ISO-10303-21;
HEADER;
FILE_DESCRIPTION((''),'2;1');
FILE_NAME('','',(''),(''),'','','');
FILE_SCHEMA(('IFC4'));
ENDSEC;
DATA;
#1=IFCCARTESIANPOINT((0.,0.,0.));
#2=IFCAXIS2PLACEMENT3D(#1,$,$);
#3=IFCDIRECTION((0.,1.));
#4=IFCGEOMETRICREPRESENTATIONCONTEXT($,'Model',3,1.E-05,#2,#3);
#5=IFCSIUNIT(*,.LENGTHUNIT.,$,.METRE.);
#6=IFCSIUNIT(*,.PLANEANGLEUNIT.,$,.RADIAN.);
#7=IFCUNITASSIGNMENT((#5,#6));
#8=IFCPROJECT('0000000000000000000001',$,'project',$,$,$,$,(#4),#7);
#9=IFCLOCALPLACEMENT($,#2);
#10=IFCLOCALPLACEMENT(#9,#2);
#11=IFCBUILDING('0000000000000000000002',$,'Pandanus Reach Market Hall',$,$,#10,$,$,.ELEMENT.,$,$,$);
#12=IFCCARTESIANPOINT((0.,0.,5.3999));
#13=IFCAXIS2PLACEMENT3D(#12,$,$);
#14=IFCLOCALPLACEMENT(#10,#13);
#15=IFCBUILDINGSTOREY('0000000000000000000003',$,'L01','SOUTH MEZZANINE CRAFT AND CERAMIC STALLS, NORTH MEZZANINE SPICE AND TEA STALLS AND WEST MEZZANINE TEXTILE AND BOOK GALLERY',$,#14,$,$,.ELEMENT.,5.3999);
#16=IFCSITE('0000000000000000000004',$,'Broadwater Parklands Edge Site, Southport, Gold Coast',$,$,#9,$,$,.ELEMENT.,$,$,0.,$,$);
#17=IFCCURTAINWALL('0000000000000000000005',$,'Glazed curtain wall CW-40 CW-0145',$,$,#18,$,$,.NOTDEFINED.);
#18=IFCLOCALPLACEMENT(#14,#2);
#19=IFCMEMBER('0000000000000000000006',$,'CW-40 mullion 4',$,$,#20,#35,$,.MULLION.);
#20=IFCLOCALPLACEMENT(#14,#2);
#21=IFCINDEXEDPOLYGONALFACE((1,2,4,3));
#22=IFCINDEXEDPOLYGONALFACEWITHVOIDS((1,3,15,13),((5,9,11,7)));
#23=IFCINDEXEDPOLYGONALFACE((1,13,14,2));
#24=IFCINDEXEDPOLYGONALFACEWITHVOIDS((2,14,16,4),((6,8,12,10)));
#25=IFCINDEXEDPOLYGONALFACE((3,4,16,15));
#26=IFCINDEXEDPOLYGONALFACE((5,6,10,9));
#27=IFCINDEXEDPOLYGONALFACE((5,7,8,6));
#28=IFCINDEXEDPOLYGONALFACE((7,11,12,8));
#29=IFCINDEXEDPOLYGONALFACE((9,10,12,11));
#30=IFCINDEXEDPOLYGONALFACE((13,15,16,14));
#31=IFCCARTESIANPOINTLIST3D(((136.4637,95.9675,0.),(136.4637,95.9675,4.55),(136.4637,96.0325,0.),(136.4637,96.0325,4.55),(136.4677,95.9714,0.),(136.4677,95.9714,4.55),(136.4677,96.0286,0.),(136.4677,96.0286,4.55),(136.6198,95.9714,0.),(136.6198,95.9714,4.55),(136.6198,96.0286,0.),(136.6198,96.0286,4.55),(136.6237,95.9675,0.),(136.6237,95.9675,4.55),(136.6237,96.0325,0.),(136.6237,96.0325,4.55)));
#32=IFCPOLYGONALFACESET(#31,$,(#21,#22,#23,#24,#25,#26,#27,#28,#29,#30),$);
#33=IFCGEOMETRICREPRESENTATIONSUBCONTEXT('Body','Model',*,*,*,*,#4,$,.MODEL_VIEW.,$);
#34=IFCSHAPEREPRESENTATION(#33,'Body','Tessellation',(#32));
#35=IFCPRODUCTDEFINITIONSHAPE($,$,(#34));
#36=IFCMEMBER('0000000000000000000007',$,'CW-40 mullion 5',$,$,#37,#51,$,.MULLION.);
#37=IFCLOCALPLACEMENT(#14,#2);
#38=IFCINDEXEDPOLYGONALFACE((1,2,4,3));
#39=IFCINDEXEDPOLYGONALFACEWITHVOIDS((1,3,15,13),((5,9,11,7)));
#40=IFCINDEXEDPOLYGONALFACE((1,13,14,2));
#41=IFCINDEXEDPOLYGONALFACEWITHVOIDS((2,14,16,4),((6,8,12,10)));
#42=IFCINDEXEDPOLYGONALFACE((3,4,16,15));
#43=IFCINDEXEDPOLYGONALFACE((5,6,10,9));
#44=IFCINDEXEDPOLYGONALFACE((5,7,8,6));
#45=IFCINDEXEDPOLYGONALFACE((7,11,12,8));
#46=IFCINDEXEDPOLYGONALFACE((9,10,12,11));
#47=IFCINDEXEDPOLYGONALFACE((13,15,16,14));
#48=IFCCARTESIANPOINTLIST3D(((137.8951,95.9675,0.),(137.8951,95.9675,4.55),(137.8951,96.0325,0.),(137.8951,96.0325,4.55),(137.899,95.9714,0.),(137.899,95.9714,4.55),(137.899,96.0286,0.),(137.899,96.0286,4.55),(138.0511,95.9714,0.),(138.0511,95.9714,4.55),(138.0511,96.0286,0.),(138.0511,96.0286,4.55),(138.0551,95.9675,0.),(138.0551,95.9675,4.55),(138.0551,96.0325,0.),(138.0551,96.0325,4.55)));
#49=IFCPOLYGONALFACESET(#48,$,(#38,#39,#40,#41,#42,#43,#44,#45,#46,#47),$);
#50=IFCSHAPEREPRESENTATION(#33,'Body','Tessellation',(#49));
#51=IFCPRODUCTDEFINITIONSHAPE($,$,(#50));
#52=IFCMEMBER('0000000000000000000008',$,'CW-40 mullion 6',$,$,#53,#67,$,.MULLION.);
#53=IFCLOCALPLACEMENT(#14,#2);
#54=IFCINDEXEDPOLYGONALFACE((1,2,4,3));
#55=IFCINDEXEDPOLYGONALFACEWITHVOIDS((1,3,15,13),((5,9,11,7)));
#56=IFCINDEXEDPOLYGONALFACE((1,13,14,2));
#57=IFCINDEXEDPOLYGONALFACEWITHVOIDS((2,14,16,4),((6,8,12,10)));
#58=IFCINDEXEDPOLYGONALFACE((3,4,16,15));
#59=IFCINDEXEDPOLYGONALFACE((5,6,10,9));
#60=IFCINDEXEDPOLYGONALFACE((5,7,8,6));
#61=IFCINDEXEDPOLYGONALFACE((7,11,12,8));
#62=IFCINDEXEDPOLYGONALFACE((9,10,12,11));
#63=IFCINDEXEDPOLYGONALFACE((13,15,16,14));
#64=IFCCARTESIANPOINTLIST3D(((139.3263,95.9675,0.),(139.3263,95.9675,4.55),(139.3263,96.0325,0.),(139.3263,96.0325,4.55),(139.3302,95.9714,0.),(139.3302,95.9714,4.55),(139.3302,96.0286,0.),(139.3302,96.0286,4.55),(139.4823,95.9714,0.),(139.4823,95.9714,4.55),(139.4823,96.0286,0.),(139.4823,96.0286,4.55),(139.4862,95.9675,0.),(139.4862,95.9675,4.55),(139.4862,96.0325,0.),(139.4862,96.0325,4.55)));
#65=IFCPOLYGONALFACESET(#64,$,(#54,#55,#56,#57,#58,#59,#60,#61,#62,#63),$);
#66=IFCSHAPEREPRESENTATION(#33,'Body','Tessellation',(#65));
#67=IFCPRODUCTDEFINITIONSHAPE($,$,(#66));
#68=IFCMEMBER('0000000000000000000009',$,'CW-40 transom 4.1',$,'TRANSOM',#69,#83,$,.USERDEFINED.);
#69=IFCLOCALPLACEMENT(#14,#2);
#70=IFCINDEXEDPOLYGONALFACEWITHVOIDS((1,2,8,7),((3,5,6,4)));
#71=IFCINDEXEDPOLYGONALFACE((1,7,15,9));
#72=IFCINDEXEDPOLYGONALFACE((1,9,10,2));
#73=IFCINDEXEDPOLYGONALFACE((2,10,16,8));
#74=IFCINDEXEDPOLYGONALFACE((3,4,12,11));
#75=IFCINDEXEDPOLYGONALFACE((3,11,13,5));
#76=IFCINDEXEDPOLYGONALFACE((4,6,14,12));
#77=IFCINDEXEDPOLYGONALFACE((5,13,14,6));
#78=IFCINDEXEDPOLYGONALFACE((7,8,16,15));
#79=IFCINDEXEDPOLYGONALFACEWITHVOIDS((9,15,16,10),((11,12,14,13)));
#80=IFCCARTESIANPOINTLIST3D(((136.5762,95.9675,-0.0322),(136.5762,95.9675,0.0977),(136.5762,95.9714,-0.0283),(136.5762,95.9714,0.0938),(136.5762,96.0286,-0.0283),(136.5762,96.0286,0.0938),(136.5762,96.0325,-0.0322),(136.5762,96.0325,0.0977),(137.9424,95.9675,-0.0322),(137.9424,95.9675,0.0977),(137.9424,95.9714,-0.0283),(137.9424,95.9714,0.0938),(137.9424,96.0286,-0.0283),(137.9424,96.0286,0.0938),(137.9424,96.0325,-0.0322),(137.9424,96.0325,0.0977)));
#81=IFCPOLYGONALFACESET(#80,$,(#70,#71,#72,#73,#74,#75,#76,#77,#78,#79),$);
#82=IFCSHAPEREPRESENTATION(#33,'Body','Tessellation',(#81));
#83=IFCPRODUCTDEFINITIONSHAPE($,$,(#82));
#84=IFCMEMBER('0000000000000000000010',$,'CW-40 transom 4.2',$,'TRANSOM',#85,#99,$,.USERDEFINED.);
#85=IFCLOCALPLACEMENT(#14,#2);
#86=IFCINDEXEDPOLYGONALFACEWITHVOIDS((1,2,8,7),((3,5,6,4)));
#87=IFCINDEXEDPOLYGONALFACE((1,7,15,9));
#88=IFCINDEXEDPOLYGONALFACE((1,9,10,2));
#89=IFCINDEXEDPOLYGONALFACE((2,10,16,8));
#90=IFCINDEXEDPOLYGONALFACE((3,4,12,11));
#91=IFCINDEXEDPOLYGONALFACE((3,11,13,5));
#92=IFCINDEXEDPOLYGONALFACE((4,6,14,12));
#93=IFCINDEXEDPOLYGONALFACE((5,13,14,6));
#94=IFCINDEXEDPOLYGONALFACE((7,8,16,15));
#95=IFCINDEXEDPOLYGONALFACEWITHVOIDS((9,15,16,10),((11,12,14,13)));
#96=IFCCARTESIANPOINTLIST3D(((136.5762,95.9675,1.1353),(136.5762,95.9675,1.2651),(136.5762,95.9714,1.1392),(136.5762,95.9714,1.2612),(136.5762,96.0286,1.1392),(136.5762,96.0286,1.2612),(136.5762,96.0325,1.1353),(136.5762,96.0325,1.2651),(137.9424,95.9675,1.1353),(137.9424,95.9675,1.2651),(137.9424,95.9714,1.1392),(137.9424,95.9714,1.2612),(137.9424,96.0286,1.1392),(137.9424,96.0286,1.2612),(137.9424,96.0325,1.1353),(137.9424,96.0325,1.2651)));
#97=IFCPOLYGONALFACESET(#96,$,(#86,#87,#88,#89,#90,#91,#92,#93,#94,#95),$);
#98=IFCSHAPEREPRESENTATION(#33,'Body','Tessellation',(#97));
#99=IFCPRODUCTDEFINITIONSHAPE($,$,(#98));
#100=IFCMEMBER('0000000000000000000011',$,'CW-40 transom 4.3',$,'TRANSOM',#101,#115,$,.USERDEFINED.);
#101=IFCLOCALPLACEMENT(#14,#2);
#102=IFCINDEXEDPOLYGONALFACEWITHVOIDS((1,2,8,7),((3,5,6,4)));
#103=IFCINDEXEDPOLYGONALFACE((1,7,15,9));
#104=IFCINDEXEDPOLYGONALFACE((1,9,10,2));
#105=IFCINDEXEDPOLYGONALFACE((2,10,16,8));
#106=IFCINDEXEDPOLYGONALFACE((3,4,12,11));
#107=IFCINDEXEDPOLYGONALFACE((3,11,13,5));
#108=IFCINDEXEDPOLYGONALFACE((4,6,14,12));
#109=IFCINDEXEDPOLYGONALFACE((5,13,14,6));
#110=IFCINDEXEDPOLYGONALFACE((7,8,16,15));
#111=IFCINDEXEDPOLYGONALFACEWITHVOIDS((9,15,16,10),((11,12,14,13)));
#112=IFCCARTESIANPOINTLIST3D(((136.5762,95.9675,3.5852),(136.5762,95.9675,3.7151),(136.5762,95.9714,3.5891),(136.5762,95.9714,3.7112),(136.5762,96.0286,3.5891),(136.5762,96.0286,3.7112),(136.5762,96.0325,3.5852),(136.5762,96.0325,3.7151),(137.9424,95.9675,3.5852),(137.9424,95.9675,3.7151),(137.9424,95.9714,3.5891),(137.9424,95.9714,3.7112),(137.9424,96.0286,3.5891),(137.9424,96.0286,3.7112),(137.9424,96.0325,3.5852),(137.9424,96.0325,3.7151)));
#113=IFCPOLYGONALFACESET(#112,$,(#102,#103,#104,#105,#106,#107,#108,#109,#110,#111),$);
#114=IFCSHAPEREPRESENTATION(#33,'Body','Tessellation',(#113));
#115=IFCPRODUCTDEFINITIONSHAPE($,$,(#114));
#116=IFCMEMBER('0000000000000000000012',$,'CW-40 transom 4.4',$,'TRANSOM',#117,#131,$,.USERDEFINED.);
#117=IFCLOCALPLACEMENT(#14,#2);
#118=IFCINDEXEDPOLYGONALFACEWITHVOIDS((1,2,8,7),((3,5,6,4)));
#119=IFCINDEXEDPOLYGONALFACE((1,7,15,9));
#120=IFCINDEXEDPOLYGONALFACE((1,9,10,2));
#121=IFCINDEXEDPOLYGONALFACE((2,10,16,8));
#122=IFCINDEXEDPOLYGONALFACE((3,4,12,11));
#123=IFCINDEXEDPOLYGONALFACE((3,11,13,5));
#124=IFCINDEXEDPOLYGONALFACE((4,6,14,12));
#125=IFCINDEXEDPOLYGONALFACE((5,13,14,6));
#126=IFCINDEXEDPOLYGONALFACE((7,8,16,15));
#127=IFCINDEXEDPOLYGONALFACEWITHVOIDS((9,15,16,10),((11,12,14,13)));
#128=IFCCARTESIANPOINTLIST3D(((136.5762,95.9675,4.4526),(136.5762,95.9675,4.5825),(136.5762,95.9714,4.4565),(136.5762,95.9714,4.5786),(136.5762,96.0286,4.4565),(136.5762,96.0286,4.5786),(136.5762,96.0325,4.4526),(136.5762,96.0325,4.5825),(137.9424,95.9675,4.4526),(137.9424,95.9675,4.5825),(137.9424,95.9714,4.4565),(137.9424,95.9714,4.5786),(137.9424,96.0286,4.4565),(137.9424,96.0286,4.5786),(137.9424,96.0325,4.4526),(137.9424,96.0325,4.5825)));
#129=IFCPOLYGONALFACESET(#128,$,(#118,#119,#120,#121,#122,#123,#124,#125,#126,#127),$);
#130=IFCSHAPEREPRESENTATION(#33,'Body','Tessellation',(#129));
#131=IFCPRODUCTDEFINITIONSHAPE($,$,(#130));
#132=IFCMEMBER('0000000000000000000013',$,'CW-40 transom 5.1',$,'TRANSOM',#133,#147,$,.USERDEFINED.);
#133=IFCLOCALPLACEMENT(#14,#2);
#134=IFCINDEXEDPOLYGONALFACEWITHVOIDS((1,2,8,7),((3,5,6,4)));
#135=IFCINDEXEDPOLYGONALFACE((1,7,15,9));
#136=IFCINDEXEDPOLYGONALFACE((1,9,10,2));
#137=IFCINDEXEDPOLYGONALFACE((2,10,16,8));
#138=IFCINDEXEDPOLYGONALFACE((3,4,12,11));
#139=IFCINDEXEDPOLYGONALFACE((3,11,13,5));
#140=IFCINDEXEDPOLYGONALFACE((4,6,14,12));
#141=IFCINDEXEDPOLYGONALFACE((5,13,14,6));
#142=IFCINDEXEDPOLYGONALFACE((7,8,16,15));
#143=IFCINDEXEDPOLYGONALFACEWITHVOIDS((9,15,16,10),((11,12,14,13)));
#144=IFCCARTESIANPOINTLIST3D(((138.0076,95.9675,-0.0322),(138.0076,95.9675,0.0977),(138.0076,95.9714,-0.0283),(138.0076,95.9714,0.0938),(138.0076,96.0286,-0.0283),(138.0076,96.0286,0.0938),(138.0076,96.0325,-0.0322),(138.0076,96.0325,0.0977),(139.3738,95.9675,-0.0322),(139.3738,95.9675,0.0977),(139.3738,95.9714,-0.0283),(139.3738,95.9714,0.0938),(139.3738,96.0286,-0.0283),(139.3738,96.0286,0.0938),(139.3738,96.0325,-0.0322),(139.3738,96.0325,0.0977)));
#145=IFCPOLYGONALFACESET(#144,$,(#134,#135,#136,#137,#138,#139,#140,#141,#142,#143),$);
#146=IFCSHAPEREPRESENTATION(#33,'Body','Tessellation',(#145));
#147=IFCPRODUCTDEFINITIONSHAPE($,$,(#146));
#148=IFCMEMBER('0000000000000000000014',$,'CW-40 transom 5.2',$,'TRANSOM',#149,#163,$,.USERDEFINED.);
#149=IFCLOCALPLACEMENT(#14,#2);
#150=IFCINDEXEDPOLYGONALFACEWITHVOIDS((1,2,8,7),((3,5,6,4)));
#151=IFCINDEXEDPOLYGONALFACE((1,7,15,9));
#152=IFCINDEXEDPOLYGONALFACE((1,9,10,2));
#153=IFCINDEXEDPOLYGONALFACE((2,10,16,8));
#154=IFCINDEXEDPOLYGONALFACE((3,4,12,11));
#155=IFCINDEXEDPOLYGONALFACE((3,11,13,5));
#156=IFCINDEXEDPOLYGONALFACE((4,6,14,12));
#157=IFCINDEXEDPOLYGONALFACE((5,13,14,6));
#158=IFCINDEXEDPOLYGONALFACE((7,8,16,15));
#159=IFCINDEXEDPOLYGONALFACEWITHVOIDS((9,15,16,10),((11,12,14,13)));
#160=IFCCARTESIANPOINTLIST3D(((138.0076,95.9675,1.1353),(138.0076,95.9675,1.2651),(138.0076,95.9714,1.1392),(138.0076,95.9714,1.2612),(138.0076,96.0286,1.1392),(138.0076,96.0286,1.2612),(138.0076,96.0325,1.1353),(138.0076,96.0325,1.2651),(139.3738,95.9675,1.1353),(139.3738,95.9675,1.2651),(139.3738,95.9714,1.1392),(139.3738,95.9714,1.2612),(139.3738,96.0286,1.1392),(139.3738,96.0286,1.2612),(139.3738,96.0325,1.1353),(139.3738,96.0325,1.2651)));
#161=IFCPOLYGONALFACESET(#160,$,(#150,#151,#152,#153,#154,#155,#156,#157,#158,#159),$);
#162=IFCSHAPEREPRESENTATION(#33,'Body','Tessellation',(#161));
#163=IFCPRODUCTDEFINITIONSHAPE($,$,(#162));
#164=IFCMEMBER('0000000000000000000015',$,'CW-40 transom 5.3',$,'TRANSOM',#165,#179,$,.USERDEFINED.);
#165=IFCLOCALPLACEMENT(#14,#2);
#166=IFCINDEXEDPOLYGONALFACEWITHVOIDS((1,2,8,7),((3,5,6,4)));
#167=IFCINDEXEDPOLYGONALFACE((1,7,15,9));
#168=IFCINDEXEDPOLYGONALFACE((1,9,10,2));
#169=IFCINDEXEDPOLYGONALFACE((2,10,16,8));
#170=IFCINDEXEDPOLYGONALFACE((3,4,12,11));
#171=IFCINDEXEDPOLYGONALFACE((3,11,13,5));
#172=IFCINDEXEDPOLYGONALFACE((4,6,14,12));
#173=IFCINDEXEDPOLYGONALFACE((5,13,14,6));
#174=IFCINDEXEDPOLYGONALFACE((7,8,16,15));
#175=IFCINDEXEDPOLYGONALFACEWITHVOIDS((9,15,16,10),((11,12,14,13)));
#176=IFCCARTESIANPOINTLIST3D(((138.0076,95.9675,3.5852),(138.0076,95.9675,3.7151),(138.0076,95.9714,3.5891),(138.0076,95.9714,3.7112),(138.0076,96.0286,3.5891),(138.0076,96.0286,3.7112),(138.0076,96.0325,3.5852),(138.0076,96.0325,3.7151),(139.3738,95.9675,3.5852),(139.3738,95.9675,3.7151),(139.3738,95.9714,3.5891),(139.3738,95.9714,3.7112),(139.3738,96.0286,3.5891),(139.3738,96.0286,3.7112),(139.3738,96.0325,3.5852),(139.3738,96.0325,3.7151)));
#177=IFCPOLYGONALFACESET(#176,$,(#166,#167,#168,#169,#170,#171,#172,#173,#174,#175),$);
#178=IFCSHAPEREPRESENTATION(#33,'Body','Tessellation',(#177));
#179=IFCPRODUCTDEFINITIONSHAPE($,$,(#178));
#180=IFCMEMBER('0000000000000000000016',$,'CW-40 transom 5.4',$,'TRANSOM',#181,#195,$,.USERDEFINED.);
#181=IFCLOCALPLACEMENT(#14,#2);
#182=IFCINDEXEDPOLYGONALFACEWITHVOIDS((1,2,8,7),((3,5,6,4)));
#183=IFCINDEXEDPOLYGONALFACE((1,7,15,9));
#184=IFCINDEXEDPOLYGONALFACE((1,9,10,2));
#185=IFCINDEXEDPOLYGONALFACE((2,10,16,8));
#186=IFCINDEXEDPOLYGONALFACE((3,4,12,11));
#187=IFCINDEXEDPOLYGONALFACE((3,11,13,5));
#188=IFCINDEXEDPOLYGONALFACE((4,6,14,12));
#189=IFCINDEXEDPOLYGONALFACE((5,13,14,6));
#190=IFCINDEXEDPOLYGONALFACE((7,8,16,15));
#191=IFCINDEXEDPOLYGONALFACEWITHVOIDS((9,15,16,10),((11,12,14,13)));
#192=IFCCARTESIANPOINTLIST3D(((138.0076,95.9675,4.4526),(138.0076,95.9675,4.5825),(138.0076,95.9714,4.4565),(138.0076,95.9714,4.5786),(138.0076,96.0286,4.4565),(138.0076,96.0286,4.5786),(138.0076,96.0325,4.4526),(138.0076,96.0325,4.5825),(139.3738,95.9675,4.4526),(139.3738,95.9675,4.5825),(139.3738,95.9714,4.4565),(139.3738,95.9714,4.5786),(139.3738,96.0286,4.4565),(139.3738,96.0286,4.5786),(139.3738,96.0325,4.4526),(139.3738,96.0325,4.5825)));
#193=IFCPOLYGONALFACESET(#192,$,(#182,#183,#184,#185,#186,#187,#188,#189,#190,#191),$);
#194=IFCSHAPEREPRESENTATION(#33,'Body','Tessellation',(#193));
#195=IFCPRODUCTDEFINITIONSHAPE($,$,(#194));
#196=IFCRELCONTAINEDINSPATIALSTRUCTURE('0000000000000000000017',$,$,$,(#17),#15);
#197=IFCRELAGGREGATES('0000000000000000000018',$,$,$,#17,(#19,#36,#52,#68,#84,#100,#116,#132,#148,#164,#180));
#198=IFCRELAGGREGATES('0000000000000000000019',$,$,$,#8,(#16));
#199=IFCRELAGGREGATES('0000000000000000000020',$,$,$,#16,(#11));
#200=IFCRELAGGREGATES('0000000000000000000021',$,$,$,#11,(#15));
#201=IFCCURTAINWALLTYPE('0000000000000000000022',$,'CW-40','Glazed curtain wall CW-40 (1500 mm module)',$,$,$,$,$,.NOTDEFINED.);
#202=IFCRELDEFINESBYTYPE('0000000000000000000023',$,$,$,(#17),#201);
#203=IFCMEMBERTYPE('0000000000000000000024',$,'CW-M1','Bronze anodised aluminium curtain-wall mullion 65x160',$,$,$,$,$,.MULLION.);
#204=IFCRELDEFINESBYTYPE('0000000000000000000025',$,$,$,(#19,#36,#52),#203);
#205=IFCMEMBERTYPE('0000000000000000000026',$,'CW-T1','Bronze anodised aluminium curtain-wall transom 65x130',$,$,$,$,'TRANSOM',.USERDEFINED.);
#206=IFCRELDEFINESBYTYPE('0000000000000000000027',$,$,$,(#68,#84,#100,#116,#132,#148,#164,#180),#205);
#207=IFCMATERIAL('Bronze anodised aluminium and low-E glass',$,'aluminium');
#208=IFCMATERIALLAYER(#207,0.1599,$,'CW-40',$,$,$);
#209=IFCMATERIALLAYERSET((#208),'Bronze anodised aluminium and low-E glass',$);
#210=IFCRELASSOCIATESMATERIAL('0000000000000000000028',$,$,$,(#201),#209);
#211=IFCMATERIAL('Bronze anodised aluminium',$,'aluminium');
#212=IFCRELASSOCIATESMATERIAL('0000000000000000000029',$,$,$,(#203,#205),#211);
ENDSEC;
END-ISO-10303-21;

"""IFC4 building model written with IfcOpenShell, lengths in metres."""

from ifc_helpers import new_model, si_unit, direction, frame, origin, origin_2d, place, context, subcontext, project, spatial, hollow_rectangle, extrude, material, layer, layer_set, material_profile, profile_set, type_object, element, aggregate, save


model = new_model("IFC4")

# Units and contexts
model_context = context("Model", 3, precision=1e-05, world=origin(), true_north=direction((0.0, 1.0)))
body_context = subcontext(model_context, "Body", "Model", "MODEL_VIEW")
ifc_project = project(units=[si_unit("LENGTHUNIT", "METRE"), si_unit("PLANEANGLEUNIT", "RADIAN")], contexts=[model_context])

# Site, building, storey
site_placement = place(None, origin())
site = spatial("IfcSite", under=ifc_project, at=site_placement, Name="Broadwater Parklands Edge Site, Southport, Gold Coast", CompositionType="ELEMENT", RefElevation=0.0)
building_placement = place(site_placement, origin())
building = spatial("IfcBuilding", under=site, at=building_placement, Name="Pandanus Reach Market Hall", CompositionType="ELEMENT")
storey_placement = place(building_placement, frame((0.0, 0.0, 5.3999)))
storey = spatial("IfcBuildingStorey", under=building, at=storey_placement, Name="L01", Description="SOUTH MEZZANINE CRAFT AND CERAMIC STALLS, NORTH MEZZANINE SPICE AND TEA STALLS AND WEST MEZZANINE TEXTILE AND BOOK GALLERY", CompositionType="ELEMENT", Elevation=5.3999)

# Curtain wall, members
ifc_material_1 = material(Name="Bronze anodised aluminium and low-E glass", Category="aluminium")
ifc_layer_1 = layer(ifc_material_1, 0.1599, Name="CW-40")
ifc_layer_set_1 = layer_set([ifc_layer_1], Name="Bronze anodised aluminium and low-E glass")
curtain_wall_type = type_object("IfcCurtainWallType", Name="CW-40", Description="Glazed curtain wall CW-40 (1500 mm module)", PredefinedType="NOTDEFINED", material=ifc_layer_set_1)
curtain_wall_placement = place(storey_placement, origin())
curtain_wall = element("IfcCurtainWall", 1, at=curtain_wall_placement, inside=storey, type_object=curtain_wall_type, Name="Glazed curtain wall CW-40 CW-0145", PredefinedType="NOTDEFINED")
ifc_material_2 = material(Name="Bronze anodised aluminium", Category="aluminium")
ifc_material_profile_1 = material_profile(ifc_material_2, hollow_rectangle(XDim=0.0649, YDim=0.1599, WallThickness=0.0039, at=origin_2d()), Name="ALU65x160", Category="LoadBearing")
ifc_profile_set_1 = profile_set([ifc_material_profile_1], Name="Bronze anodised aluminium")
member_type_1 = type_object("IfcMemberType", Name="CW-M1", Description="Bronze anodised aluminium curtain-wall mullion 65x160", PredefinedType="MULLION", material=ifc_profile_set_1)
member_1_placement = place(storey_placement, frame((136.5437, 96.0, 0.0), z_axis=(0.0, 0.0, 1.0), x_axis=(0.0, 1.0, 0.0)))
member_1 = element("IfcMember", 2, at=member_1_placement, type_object=member_type_1, Name="CW-40 mullion 4", PredefinedType="MULLION", context=body_context, shape_type="SweptSolid", body=[
    extrude(hollow_rectangle(XDim=0.0649, YDim=0.1599, WallThickness=0.0039, at=origin_2d()), origin(), (0.0, 0.0, 1.0), 4.55),
])
member_2_placement = place(storey_placement, frame((137.9751, 96.0, 0.0), z_axis=(0.0, 0.0, 1.0), x_axis=(0.0, 1.0, 0.0)))
member_2 = element("IfcMember", 3, at=member_2_placement, type_object=member_type_1, Name="CW-40 mullion 5", PredefinedType="MULLION", context=body_context, shape_type="SweptSolid", body=[
    extrude(hollow_rectangle(XDim=0.0649, YDim=0.1599, WallThickness=0.0039, at=origin_2d()), origin(), (0.0, 0.0, 1.0), 4.55),
])
member_3_placement = place(storey_placement, frame((139.4062, 96.0, 0.0), z_axis=(0.0, 0.0, 1.0), x_axis=(0.0, 1.0, 0.0)))
member_3 = element("IfcMember", 4, at=member_3_placement, type_object=member_type_1, Name="CW-40 mullion 6", PredefinedType="MULLION", context=body_context, shape_type="SweptSolid", body=[
    extrude(hollow_rectangle(XDim=0.0649, YDim=0.1599, WallThickness=0.0039, at=origin_2d()), origin(), (0.0, 0.0, 1.0), 4.55),
])
ifc_material_profile_2 = material_profile(ifc_material_2, hollow_rectangle(XDim=0.0649, YDim=0.1299, WallThickness=0.0039, at=origin_2d()), Name="ALU65x130", Category="LoadBearing")
ifc_profile_set_2 = profile_set([ifc_material_profile_2], Name="Bronze anodised aluminium")
member_type_2 = type_object("IfcMemberType", Name="CW-T1", Description="Bronze anodised aluminium curtain-wall transom 65x130", ElementType="TRANSOM", PredefinedType="USERDEFINED", material=ifc_profile_set_2)
member_4_placement = place(storey_placement, frame((136.5762, 96.0, 0.0327), z_axis=(1.0, 0.0, 0.0), x_axis=(0.0, 1.0, 0.0)))
member_4 = element("IfcMember", 5, at=member_4_placement, type_object=member_type_2, Name="CW-40 transom 4.1", ObjectType="TRANSOM", PredefinedType="USERDEFINED", context=body_context, shape_type="SweptSolid", body=[
    extrude(hollow_rectangle(XDim=0.0649, YDim=0.1299, WallThickness=0.0039, at=origin_2d()), origin(), (0.0, 0.0, 1.0), 1.3662),
])
member_5_placement = place(storey_placement, frame((136.5762, 96.0, 1.2002), z_axis=(1.0, 0.0, 0.0), x_axis=(0.0, 1.0, 0.0)))
member_5 = element("IfcMember", 6, at=member_5_placement, type_object=member_type_2, Name="CW-40 transom 4.2", ObjectType="TRANSOM", PredefinedType="USERDEFINED", context=body_context, shape_type="SweptSolid", body=[
    extrude(hollow_rectangle(XDim=0.0649, YDim=0.1299, WallThickness=0.0039, at=origin_2d()), origin(), (0.0, 0.0, 1.0), 1.3662),
])
member_6_placement = place(storey_placement, frame((136.5762, 96.0, 3.6501), z_axis=(1.0, 0.0, 0.0), x_axis=(0.0, 1.0, 0.0)))
member_6 = element("IfcMember", 7, at=member_6_placement, type_object=member_type_2, Name="CW-40 transom 4.3", ObjectType="TRANSOM", PredefinedType="USERDEFINED", context=body_context, shape_type="SweptSolid", body=[
    extrude(hollow_rectangle(XDim=0.0649, YDim=0.1299, WallThickness=0.0039, at=origin_2d()), origin(), (0.0, 0.0, 1.0), 1.3662),
])
member_7_placement = place(storey_placement, frame((136.5762, 96.0, 4.5176), z_axis=(1.0, 0.0, 0.0), x_axis=(0.0, 1.0, 0.0)))
member_7 = element("IfcMember", 8, at=member_7_placement, type_object=member_type_2, Name="CW-40 transom 4.4", ObjectType="TRANSOM", PredefinedType="USERDEFINED", context=body_context, shape_type="SweptSolid", body=[
    extrude(hollow_rectangle(XDim=0.0649, YDim=0.1299, WallThickness=0.0039, at=origin_2d()), origin(), (0.0, 0.0, 1.0), 1.3662),
])
member_8_placement = place(storey_placement, frame((138.0076, 96.0, 0.0327), z_axis=(1.0, 0.0, 0.0), x_axis=(0.0, 1.0, 0.0)))
member_8 = element("IfcMember", 9, at=member_8_placement, type_object=member_type_2, Name="CW-40 transom 5.1", ObjectType="TRANSOM", PredefinedType="USERDEFINED", context=body_context, shape_type="SweptSolid", body=[
    extrude(hollow_rectangle(XDim=0.0649, YDim=0.1299, WallThickness=0.0039, at=origin_2d()), origin(), (0.0, 0.0, 1.0), 1.3662),
])
member_9_placement = place(storey_placement, frame((138.0076, 96.0, 1.2002), z_axis=(1.0, 0.0, 0.0), x_axis=(0.0, 1.0, 0.0)))
member_9 = element("IfcMember", 10, at=member_9_placement, type_object=member_type_2, Name="CW-40 transom 5.2", ObjectType="TRANSOM", PredefinedType="USERDEFINED", context=body_context, shape_type="SweptSolid", body=[
    extrude(hollow_rectangle(XDim=0.0649, YDim=0.1299, WallThickness=0.0039, at=origin_2d()), origin(), (0.0, 0.0, 1.0), 1.3662),
])
member_10_placement = place(storey_placement, frame((138.0076, 96.0, 3.6501), z_axis=(1.0, 0.0, 0.0), x_axis=(0.0, 1.0, 0.0)))
member_10 = element("IfcMember", 11, at=member_10_placement, type_object=member_type_2, Name="CW-40 transom 5.3", ObjectType="TRANSOM", PredefinedType="USERDEFINED", context=body_context, shape_type="SweptSolid", body=[
    extrude(hollow_rectangle(XDim=0.0649, YDim=0.1299, WallThickness=0.0039, at=origin_2d()), origin(), (0.0, 0.0, 1.0), 1.3662),
])
member_11_placement = place(storey_placement, frame((138.0076, 96.0, 4.5176), z_axis=(1.0, 0.0, 0.0), x_axis=(0.0, 1.0, 0.0)))
member_11 = element("IfcMember", 12, at=member_11_placement, type_object=member_type_2, Name="CW-40 transom 5.4", ObjectType="TRANSOM", PredefinedType="USERDEFINED", context=body_context, shape_type="SweptSolid", body=[
    extrude(hollow_rectangle(XDim=0.0649, YDim=0.1299, WallThickness=0.0039, at=origin_2d()), origin(), (0.0, 0.0, 1.0), 1.3662),
])

aggregate(curtain_wall, [member_1, member_2, member_3, member_4, member_5, member_6, member_7, member_8, member_9, member_10, member_11])

save(model, "model.ifc")
